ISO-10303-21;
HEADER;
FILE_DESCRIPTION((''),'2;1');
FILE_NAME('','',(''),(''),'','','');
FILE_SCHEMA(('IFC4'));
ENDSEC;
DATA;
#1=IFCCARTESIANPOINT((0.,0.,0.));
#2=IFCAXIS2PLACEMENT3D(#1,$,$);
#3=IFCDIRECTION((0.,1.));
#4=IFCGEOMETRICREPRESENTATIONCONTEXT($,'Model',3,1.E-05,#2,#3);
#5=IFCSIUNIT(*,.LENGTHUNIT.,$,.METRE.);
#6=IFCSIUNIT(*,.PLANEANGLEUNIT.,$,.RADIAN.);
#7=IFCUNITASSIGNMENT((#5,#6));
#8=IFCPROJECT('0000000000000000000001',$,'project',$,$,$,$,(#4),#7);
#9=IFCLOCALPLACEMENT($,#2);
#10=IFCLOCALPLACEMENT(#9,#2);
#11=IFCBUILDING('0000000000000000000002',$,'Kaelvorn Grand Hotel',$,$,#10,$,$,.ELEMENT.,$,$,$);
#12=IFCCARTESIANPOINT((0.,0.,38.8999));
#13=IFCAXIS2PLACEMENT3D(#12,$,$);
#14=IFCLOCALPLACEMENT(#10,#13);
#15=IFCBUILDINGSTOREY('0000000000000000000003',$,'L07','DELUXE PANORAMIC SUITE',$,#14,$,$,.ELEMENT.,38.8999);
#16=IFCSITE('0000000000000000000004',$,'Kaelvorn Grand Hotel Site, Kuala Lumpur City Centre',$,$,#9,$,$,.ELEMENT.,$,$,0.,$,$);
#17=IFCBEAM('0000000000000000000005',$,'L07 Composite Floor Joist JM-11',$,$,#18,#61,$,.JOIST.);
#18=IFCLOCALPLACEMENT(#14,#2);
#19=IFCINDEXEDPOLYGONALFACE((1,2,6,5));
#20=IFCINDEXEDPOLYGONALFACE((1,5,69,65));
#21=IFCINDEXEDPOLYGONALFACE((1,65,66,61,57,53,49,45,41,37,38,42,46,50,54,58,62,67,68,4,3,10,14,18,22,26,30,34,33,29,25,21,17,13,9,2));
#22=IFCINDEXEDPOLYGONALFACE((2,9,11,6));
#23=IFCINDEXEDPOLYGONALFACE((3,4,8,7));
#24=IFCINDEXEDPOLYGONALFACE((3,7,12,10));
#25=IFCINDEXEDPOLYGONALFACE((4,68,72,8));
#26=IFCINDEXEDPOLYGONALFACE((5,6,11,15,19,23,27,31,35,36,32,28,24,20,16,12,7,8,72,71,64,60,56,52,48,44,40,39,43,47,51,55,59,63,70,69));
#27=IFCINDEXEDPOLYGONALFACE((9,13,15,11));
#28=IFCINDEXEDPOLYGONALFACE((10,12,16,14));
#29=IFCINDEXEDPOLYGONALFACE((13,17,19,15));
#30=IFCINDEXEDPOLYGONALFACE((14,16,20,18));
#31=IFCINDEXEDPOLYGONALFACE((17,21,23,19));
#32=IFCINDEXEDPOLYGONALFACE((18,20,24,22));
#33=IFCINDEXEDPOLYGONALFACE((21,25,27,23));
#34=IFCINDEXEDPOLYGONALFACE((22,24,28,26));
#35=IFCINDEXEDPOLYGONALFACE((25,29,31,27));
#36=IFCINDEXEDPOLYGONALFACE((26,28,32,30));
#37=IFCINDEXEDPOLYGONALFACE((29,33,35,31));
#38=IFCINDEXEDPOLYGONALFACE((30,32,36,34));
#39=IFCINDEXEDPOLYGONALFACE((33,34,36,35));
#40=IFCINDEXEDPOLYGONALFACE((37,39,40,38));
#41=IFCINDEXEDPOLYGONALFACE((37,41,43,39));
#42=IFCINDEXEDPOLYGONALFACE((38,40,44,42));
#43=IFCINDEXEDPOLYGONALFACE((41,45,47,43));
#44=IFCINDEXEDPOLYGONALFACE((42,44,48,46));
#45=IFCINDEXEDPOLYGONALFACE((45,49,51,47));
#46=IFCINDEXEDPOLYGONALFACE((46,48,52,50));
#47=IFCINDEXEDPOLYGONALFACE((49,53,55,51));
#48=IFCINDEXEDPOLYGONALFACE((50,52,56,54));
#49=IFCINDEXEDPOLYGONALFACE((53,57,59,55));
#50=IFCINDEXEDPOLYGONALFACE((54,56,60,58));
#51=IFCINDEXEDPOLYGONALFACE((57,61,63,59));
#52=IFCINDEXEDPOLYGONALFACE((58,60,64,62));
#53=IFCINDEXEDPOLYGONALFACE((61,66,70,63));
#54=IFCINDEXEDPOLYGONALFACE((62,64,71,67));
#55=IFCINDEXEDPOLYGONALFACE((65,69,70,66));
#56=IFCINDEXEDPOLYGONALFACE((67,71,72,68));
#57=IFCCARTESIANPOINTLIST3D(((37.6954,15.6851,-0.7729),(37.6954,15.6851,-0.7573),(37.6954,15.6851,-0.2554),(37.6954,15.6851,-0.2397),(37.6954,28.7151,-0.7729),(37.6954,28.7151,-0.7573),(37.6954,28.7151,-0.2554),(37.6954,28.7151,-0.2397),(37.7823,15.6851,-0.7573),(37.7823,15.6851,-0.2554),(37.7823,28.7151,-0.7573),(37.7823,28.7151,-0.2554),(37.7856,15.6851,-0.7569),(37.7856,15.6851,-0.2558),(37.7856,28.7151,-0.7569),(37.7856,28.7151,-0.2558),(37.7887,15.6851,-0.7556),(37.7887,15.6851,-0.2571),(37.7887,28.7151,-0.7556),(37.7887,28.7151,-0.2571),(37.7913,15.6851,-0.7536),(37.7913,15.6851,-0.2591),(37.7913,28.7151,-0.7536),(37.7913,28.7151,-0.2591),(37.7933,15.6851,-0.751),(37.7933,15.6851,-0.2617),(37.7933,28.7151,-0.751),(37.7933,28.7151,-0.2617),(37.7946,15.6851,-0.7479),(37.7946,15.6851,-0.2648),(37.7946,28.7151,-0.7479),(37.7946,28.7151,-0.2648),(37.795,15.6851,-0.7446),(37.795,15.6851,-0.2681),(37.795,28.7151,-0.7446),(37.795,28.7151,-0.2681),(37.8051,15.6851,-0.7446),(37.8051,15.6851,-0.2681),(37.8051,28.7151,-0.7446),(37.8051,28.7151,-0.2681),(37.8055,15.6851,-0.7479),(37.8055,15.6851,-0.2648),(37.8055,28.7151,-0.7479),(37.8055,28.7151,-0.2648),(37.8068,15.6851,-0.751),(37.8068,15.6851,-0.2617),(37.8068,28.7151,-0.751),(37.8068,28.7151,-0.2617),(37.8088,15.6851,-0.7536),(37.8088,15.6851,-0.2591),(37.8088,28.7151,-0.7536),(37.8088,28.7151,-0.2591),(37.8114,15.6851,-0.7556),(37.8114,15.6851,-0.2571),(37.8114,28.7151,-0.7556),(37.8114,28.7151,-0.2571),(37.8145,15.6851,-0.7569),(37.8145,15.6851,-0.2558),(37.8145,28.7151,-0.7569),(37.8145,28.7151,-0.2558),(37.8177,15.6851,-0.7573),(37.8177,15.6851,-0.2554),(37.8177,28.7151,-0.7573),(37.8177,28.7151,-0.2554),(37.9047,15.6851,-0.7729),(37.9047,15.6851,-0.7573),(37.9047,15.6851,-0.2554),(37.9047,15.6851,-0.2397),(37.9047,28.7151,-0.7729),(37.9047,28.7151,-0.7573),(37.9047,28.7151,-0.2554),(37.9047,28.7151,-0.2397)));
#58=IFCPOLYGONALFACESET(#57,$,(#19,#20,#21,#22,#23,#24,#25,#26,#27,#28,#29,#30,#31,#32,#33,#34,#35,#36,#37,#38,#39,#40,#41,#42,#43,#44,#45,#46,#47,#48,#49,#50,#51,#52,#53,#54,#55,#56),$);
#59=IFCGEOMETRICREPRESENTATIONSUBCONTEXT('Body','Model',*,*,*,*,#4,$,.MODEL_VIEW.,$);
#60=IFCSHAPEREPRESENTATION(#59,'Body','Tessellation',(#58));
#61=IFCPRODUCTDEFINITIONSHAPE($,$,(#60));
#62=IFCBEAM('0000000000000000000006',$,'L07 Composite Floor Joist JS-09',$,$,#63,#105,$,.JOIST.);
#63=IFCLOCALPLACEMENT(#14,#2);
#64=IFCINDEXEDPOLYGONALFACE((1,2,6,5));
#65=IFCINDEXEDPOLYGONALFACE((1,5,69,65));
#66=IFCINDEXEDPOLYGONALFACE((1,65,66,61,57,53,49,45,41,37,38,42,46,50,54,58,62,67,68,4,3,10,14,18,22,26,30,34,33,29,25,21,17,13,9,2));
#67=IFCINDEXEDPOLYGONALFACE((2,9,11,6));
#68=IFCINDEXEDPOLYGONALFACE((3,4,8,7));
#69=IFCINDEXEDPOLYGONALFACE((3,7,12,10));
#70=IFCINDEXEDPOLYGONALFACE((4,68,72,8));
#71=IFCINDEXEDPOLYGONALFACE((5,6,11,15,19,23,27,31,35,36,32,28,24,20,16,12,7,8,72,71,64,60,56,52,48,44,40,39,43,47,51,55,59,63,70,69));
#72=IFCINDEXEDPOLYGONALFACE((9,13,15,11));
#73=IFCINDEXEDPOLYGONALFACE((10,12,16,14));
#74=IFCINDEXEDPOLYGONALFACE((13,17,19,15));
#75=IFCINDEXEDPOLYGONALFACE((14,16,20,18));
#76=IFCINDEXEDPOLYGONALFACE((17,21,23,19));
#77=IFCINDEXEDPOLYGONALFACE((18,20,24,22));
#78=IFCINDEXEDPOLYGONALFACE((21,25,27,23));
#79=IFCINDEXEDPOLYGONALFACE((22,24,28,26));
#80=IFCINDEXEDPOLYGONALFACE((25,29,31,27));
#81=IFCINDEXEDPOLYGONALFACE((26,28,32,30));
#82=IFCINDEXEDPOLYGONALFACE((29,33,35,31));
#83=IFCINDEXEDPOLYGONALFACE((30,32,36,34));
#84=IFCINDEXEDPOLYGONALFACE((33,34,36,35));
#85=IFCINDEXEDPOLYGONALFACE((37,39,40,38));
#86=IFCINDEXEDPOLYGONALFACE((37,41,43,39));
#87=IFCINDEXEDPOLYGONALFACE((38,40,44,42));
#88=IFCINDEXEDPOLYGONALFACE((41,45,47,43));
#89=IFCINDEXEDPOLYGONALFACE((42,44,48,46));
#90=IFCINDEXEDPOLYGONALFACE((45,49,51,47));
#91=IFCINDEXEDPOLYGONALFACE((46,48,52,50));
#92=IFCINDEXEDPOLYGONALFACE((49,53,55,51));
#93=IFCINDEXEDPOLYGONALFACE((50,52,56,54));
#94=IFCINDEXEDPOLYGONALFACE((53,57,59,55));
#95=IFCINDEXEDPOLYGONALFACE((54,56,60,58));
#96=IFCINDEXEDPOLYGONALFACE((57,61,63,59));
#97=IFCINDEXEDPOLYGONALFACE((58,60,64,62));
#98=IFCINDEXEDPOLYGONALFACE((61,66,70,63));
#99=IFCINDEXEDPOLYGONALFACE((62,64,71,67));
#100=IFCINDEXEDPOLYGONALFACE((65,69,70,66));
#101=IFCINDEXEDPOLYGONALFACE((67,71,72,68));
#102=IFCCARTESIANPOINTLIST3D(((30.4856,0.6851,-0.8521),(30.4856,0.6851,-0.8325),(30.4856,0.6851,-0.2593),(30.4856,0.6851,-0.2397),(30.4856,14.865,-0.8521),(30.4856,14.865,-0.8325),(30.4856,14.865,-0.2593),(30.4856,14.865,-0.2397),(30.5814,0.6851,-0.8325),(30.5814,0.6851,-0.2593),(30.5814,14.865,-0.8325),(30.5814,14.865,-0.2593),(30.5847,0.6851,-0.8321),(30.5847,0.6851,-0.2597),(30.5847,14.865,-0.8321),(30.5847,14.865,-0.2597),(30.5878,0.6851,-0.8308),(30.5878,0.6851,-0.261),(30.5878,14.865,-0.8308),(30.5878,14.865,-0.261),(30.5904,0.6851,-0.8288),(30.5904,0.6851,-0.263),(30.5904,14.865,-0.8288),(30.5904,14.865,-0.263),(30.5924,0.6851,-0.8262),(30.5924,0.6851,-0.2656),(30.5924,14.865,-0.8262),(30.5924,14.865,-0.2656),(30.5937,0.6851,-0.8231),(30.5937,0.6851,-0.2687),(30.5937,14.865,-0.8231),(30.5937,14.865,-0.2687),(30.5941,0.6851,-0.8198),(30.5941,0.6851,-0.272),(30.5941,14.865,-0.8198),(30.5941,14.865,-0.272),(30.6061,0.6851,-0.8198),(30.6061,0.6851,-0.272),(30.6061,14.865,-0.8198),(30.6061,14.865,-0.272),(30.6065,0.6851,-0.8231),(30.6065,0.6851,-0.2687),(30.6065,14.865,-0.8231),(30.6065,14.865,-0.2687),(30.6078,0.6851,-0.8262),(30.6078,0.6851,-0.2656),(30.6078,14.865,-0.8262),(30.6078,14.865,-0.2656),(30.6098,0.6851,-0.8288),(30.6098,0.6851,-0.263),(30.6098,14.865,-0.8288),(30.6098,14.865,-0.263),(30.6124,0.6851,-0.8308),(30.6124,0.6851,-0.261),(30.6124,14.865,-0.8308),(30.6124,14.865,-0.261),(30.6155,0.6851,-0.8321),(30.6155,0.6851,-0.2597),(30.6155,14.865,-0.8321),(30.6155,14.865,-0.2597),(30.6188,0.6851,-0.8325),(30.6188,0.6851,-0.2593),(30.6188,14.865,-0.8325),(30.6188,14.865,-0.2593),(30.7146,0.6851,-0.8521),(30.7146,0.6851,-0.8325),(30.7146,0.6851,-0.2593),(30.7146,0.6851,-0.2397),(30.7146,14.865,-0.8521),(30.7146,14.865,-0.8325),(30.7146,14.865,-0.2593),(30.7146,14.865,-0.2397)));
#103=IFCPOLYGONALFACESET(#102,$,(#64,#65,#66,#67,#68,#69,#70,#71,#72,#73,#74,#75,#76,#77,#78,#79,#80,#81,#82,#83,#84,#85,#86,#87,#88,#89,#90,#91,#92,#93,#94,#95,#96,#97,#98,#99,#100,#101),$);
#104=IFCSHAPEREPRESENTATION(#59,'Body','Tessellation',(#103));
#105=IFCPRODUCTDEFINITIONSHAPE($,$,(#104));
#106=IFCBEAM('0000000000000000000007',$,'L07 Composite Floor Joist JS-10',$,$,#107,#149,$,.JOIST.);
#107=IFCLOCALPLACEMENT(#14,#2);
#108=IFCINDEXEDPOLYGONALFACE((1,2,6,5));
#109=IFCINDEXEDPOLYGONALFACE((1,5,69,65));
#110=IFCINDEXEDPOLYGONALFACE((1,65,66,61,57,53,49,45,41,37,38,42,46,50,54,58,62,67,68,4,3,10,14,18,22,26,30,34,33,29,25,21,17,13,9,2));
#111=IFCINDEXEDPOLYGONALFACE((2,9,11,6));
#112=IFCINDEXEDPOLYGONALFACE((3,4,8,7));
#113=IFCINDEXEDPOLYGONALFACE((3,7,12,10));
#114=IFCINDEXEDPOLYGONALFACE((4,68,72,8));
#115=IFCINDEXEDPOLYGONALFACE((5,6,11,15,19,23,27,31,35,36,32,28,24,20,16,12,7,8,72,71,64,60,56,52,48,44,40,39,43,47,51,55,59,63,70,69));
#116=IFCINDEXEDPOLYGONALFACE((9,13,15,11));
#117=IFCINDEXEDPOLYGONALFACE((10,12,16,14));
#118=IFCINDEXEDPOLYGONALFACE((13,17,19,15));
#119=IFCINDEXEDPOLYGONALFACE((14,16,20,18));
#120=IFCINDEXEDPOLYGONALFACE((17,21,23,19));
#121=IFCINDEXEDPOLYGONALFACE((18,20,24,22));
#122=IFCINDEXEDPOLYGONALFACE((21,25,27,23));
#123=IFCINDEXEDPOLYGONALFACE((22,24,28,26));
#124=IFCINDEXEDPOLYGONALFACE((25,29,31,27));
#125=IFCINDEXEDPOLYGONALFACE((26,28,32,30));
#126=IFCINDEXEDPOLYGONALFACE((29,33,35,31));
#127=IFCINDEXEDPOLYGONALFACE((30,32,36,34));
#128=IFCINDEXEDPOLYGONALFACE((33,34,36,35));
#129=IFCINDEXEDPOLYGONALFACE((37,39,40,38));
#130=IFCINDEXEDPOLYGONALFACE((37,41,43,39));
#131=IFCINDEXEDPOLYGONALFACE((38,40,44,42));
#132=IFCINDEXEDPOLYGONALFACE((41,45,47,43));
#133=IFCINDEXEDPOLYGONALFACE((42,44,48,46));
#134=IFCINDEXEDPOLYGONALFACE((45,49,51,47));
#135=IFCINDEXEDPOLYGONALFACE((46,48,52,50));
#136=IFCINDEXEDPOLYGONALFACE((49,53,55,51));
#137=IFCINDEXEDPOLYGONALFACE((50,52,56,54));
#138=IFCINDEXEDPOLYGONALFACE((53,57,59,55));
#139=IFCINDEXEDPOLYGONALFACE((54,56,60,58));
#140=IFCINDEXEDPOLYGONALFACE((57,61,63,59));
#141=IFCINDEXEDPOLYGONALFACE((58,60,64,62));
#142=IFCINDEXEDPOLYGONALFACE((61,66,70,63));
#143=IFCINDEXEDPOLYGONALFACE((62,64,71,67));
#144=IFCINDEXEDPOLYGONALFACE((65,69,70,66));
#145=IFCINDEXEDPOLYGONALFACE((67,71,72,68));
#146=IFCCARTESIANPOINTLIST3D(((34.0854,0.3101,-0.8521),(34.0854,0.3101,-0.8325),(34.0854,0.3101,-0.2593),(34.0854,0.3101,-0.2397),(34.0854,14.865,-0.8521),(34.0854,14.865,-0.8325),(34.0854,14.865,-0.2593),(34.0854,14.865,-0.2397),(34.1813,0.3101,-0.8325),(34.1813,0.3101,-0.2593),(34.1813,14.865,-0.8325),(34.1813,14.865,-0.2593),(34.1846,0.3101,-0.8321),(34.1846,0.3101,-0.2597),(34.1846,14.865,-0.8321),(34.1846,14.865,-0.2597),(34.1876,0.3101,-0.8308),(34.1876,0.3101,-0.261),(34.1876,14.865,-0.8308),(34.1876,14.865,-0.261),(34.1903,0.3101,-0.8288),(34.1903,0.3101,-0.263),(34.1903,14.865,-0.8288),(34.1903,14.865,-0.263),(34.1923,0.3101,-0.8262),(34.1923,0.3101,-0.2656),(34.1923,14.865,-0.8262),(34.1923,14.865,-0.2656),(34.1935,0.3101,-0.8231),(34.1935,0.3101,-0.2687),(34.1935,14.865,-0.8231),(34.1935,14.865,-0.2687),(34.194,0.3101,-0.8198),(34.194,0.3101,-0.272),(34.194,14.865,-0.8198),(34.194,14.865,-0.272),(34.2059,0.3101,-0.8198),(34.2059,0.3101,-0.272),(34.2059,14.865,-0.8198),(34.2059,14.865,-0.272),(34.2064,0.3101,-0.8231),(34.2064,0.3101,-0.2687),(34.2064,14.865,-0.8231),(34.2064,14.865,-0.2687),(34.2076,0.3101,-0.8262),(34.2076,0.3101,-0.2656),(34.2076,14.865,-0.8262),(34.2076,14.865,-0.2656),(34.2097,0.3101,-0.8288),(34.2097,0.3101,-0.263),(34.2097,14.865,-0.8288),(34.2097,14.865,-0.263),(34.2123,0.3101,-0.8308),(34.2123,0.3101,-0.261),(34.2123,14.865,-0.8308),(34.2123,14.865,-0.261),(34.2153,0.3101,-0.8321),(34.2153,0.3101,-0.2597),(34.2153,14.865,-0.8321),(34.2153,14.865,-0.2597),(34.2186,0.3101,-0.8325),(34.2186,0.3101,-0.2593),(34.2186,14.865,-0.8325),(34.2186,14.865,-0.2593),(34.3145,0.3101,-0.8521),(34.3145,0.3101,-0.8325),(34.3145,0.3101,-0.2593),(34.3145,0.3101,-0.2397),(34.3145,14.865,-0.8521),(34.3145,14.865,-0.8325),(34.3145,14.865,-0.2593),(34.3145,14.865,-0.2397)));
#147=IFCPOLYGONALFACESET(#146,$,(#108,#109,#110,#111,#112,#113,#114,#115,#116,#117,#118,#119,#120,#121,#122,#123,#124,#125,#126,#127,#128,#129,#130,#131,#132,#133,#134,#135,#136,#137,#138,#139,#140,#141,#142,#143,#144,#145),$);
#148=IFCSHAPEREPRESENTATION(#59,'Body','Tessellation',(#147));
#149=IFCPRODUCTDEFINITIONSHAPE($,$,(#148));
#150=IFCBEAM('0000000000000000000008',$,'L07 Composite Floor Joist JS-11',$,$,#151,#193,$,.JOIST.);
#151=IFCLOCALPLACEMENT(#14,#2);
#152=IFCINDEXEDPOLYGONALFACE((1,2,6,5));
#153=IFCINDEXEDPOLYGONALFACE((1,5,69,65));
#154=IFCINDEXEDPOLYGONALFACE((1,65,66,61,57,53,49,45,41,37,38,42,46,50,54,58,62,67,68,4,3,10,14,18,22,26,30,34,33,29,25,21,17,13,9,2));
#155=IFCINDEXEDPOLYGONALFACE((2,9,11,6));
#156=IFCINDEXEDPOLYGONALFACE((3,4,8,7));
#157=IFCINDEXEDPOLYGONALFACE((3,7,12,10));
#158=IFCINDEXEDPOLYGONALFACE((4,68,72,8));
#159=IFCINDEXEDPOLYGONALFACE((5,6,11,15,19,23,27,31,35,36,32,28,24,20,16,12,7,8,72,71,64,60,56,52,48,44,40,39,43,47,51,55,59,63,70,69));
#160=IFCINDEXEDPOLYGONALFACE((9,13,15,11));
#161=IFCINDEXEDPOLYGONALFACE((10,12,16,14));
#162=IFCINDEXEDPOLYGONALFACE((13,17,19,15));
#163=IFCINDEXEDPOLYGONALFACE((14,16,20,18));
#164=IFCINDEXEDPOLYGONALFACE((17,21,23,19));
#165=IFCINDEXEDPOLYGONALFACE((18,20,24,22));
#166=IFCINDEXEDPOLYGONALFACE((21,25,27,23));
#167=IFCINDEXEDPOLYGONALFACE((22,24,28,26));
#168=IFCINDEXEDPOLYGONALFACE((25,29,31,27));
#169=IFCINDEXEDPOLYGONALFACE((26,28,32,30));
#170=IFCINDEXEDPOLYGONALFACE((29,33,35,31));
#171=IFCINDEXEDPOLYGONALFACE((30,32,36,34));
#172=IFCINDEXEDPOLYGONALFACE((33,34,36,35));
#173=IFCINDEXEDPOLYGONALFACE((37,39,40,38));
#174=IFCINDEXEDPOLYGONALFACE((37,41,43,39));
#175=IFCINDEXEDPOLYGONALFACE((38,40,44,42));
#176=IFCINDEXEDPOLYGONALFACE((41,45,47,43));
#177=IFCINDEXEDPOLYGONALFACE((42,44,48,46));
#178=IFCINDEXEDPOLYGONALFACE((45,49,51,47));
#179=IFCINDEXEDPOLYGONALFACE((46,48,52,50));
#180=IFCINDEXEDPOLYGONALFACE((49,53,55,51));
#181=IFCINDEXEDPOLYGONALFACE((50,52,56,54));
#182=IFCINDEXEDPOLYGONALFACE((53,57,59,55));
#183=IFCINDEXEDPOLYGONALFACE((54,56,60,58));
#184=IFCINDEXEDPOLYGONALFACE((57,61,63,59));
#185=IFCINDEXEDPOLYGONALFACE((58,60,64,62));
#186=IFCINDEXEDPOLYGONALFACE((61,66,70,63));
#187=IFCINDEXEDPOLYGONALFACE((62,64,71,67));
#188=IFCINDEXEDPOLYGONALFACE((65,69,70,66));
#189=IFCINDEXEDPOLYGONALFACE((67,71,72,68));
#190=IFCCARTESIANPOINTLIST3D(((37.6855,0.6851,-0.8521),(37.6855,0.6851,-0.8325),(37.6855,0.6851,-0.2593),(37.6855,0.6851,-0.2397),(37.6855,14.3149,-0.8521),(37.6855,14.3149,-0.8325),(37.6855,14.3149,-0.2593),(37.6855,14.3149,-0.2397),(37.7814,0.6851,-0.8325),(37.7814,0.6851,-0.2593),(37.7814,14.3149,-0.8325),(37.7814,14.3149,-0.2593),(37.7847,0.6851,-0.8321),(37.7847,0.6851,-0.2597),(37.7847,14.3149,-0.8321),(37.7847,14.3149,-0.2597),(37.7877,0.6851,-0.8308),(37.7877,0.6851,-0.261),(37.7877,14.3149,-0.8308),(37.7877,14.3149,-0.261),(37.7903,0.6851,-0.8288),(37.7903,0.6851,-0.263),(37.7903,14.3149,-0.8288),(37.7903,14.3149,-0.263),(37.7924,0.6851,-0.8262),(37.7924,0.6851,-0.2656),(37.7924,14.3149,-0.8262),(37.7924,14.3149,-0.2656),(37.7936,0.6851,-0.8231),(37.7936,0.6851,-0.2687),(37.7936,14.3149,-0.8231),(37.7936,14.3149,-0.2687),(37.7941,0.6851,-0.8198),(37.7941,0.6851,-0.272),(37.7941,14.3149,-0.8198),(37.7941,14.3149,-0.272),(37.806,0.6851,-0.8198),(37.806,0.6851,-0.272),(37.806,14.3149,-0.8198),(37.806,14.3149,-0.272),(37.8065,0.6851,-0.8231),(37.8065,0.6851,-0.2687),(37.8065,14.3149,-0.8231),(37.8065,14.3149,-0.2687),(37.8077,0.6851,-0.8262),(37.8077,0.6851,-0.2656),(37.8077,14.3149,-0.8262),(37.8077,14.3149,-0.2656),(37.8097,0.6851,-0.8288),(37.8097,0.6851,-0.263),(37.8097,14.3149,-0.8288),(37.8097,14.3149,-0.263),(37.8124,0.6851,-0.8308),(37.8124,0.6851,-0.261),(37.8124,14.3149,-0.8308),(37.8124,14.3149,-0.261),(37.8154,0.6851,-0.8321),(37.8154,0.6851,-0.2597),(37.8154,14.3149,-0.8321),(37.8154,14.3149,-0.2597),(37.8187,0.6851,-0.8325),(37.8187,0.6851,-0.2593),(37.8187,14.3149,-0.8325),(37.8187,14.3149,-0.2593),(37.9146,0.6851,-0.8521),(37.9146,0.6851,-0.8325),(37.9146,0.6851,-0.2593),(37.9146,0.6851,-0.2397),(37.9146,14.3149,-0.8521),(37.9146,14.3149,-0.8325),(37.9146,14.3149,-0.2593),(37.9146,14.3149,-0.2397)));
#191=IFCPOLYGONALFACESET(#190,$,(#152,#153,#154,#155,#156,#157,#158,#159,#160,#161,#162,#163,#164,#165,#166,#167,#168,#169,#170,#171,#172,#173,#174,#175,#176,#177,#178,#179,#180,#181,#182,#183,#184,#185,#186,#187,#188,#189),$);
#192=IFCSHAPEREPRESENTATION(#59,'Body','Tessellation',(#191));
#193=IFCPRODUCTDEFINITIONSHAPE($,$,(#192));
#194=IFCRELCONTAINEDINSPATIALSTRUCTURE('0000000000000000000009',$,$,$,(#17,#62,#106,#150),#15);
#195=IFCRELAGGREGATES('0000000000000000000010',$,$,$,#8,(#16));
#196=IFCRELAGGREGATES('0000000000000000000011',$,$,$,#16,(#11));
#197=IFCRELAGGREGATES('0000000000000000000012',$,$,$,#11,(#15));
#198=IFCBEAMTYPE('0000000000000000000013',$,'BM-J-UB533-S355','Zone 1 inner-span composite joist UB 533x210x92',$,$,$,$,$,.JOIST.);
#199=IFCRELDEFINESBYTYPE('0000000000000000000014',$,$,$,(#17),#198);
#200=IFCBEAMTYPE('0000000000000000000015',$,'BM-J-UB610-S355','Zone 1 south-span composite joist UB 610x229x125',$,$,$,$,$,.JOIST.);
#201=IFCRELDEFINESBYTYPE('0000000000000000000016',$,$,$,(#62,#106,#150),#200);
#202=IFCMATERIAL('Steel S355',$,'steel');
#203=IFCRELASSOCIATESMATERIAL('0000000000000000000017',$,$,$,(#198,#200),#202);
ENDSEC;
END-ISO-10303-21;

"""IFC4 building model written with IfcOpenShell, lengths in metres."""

from ifc_helpers import new_model, si_unit, direction, frame, origin, origin_2d, place, context, subcontext, project, spatial, i_section, extrude, material, material_profile, profile_set, type_object, element, save


model = new_model("IFC4")

# Units and contexts
model_context = context("Model", 3, precision=1e-05, world=origin(), true_north=direction((0.0, 1.0)))
body_context = subcontext(model_context, "Body", "Model", "MODEL_VIEW")
ifc_project = project(units=[si_unit("LENGTHUNIT", "METRE"), si_unit("PLANEANGLEUNIT", "RADIAN")], contexts=[model_context])

# Site, building, storey
site_placement = place(None, origin())
site = spatial("IfcSite", under=ifc_project, at=site_placement, Name="Kaelvorn Grand Hotel Site, Kuala Lumpur City Centre", CompositionType="ELEMENT", RefElevation=0.0)
building_placement = place(site_placement, origin())
building = spatial("IfcBuilding", under=site, at=building_placement, Name="Kaelvorn Grand Hotel", CompositionType="ELEMENT")
storey_placement = place(building_placement, frame((0.0, 0.0, 38.8999)))
storey = spatial("IfcBuildingStorey", under=building, at=storey_placement, Name="L07", Description="DELUXE PANORAMIC SUITE", CompositionType="ELEMENT", Elevation=38.8999)

# Beams
ifc_material_1 = material(Name="Steel S355", Category="steel")
ifc_material_profile_1 = material_profile(ifc_material_1, i_section(OverallWidth=0.2092, OverallDepth=0.5332, WebThickness=0.01, FlangeThickness=0.0156, FilletRadius=0.0127, at=origin_2d()), Name="UB 533x210x92")
ifc_profile_set_1 = profile_set([ifc_material_profile_1], Name="Steel S355")
beam_type_1 = type_object("IfcBeamType", Name="BM-J-UB533-S355", Description="Zone 1 inner-span composite joist UB 533x210x92", PredefinedType="JOIST", material=ifc_profile_set_1)
beam_1_placement = place(storey_placement, frame((37.8, 15.6851, -0.5063), z_axis=(0.0, 1.0, 0.0), x_axis=(-1.0, 0.0, 0.0)))
element("IfcBeam", 1, at=beam_1_placement, inside=storey, type_object=beam_type_1, Name="L07 Composite Floor Joist JM-11", PredefinedType="JOIST", context=body_context, shape_type="SweptSolid", body=[
    extrude(i_section(OverallWidth=0.2092, OverallDepth=0.5332, WebThickness=0.01, FlangeThickness=0.0156, FilletRadius=0.0127, at=origin_2d()), origin(), (0.0, 0.0, 1.0), 13.03),
])
ifc_material_profile_2 = material_profile(ifc_material_1, i_section(OverallWidth=0.229, OverallDepth=0.6123, WebThickness=0.012, FlangeThickness=0.0195, FilletRadius=0.0127, at=origin_2d()), Name="UB 610x229x125")
ifc_profile_set_2 = profile_set([ifc_material_profile_2], Name="Steel S355")
beam_type_2 = type_object("IfcBeamType", Name="BM-J-UB610-S355", Description="Zone 1 south-span composite joist UB 610x229x125", PredefinedType="JOIST", material=ifc_profile_set_2)
beam_2_placement = place(storey_placement, frame((30.6001, 0.6851, -0.5459), z_axis=(0.0, 1.0, 0.0), x_axis=(-1.0, 0.0, 0.0)))
element("IfcBeam", 2, at=beam_2_placement, inside=storey, type_object=beam_type_2, Name="L07 Composite Floor Joist JS-09", PredefinedType="JOIST", context=body_context, shape_type="SweptSolid", body=[
    extrude(i_section(OverallWidth=0.229, OverallDepth=0.6123, WebThickness=0.012, FlangeThickness=0.0195, FilletRadius=0.0127, at=origin_2d()), origin(), (0.0, 0.0, 1.0), 14.1799),
])
beam_3_placement = place(storey_placement, frame((34.2, 0.3101, -0.5459), z_axis=(0.0, 1.0, 0.0), x_axis=(-1.0, 0.0, 0.0)))
element("IfcBeam", 3, at=beam_3_placement, inside=storey, type_object=beam_type_2, Name="L07 Composite Floor Joist JS-10", PredefinedType="JOIST", context=body_context, shape_type="SweptSolid", body=[
    extrude(i_section(OverallWidth=0.229, OverallDepth=0.6123, WebThickness=0.012, FlangeThickness=0.0195, FilletRadius=0.0127, at=origin_2d()), origin(), (0.0, 0.0, 1.0), 14.5549),
])
beam_4_placement = place(storey_placement, frame((37.8, 0.6851, -0.5459), z_axis=(0.0, 1.0, 0.0), x_axis=(-1.0, 0.0, 0.0)))
element("IfcBeam", 4, at=beam_4_placement, inside=storey, type_object=beam_type_2, Name="L07 Composite Floor Joist JS-11", PredefinedType="JOIST", context=body_context, shape_type="SweptSolid", body=[
    extrude(i_section(OverallWidth=0.229, OverallDepth=0.6123, WebThickness=0.012, FlangeThickness=0.0195, FilletRadius=0.0127, at=origin_2d()), origin(), (0.0, 0.0, 1.0), 13.6299),
])

save(model, "model.ifc")
